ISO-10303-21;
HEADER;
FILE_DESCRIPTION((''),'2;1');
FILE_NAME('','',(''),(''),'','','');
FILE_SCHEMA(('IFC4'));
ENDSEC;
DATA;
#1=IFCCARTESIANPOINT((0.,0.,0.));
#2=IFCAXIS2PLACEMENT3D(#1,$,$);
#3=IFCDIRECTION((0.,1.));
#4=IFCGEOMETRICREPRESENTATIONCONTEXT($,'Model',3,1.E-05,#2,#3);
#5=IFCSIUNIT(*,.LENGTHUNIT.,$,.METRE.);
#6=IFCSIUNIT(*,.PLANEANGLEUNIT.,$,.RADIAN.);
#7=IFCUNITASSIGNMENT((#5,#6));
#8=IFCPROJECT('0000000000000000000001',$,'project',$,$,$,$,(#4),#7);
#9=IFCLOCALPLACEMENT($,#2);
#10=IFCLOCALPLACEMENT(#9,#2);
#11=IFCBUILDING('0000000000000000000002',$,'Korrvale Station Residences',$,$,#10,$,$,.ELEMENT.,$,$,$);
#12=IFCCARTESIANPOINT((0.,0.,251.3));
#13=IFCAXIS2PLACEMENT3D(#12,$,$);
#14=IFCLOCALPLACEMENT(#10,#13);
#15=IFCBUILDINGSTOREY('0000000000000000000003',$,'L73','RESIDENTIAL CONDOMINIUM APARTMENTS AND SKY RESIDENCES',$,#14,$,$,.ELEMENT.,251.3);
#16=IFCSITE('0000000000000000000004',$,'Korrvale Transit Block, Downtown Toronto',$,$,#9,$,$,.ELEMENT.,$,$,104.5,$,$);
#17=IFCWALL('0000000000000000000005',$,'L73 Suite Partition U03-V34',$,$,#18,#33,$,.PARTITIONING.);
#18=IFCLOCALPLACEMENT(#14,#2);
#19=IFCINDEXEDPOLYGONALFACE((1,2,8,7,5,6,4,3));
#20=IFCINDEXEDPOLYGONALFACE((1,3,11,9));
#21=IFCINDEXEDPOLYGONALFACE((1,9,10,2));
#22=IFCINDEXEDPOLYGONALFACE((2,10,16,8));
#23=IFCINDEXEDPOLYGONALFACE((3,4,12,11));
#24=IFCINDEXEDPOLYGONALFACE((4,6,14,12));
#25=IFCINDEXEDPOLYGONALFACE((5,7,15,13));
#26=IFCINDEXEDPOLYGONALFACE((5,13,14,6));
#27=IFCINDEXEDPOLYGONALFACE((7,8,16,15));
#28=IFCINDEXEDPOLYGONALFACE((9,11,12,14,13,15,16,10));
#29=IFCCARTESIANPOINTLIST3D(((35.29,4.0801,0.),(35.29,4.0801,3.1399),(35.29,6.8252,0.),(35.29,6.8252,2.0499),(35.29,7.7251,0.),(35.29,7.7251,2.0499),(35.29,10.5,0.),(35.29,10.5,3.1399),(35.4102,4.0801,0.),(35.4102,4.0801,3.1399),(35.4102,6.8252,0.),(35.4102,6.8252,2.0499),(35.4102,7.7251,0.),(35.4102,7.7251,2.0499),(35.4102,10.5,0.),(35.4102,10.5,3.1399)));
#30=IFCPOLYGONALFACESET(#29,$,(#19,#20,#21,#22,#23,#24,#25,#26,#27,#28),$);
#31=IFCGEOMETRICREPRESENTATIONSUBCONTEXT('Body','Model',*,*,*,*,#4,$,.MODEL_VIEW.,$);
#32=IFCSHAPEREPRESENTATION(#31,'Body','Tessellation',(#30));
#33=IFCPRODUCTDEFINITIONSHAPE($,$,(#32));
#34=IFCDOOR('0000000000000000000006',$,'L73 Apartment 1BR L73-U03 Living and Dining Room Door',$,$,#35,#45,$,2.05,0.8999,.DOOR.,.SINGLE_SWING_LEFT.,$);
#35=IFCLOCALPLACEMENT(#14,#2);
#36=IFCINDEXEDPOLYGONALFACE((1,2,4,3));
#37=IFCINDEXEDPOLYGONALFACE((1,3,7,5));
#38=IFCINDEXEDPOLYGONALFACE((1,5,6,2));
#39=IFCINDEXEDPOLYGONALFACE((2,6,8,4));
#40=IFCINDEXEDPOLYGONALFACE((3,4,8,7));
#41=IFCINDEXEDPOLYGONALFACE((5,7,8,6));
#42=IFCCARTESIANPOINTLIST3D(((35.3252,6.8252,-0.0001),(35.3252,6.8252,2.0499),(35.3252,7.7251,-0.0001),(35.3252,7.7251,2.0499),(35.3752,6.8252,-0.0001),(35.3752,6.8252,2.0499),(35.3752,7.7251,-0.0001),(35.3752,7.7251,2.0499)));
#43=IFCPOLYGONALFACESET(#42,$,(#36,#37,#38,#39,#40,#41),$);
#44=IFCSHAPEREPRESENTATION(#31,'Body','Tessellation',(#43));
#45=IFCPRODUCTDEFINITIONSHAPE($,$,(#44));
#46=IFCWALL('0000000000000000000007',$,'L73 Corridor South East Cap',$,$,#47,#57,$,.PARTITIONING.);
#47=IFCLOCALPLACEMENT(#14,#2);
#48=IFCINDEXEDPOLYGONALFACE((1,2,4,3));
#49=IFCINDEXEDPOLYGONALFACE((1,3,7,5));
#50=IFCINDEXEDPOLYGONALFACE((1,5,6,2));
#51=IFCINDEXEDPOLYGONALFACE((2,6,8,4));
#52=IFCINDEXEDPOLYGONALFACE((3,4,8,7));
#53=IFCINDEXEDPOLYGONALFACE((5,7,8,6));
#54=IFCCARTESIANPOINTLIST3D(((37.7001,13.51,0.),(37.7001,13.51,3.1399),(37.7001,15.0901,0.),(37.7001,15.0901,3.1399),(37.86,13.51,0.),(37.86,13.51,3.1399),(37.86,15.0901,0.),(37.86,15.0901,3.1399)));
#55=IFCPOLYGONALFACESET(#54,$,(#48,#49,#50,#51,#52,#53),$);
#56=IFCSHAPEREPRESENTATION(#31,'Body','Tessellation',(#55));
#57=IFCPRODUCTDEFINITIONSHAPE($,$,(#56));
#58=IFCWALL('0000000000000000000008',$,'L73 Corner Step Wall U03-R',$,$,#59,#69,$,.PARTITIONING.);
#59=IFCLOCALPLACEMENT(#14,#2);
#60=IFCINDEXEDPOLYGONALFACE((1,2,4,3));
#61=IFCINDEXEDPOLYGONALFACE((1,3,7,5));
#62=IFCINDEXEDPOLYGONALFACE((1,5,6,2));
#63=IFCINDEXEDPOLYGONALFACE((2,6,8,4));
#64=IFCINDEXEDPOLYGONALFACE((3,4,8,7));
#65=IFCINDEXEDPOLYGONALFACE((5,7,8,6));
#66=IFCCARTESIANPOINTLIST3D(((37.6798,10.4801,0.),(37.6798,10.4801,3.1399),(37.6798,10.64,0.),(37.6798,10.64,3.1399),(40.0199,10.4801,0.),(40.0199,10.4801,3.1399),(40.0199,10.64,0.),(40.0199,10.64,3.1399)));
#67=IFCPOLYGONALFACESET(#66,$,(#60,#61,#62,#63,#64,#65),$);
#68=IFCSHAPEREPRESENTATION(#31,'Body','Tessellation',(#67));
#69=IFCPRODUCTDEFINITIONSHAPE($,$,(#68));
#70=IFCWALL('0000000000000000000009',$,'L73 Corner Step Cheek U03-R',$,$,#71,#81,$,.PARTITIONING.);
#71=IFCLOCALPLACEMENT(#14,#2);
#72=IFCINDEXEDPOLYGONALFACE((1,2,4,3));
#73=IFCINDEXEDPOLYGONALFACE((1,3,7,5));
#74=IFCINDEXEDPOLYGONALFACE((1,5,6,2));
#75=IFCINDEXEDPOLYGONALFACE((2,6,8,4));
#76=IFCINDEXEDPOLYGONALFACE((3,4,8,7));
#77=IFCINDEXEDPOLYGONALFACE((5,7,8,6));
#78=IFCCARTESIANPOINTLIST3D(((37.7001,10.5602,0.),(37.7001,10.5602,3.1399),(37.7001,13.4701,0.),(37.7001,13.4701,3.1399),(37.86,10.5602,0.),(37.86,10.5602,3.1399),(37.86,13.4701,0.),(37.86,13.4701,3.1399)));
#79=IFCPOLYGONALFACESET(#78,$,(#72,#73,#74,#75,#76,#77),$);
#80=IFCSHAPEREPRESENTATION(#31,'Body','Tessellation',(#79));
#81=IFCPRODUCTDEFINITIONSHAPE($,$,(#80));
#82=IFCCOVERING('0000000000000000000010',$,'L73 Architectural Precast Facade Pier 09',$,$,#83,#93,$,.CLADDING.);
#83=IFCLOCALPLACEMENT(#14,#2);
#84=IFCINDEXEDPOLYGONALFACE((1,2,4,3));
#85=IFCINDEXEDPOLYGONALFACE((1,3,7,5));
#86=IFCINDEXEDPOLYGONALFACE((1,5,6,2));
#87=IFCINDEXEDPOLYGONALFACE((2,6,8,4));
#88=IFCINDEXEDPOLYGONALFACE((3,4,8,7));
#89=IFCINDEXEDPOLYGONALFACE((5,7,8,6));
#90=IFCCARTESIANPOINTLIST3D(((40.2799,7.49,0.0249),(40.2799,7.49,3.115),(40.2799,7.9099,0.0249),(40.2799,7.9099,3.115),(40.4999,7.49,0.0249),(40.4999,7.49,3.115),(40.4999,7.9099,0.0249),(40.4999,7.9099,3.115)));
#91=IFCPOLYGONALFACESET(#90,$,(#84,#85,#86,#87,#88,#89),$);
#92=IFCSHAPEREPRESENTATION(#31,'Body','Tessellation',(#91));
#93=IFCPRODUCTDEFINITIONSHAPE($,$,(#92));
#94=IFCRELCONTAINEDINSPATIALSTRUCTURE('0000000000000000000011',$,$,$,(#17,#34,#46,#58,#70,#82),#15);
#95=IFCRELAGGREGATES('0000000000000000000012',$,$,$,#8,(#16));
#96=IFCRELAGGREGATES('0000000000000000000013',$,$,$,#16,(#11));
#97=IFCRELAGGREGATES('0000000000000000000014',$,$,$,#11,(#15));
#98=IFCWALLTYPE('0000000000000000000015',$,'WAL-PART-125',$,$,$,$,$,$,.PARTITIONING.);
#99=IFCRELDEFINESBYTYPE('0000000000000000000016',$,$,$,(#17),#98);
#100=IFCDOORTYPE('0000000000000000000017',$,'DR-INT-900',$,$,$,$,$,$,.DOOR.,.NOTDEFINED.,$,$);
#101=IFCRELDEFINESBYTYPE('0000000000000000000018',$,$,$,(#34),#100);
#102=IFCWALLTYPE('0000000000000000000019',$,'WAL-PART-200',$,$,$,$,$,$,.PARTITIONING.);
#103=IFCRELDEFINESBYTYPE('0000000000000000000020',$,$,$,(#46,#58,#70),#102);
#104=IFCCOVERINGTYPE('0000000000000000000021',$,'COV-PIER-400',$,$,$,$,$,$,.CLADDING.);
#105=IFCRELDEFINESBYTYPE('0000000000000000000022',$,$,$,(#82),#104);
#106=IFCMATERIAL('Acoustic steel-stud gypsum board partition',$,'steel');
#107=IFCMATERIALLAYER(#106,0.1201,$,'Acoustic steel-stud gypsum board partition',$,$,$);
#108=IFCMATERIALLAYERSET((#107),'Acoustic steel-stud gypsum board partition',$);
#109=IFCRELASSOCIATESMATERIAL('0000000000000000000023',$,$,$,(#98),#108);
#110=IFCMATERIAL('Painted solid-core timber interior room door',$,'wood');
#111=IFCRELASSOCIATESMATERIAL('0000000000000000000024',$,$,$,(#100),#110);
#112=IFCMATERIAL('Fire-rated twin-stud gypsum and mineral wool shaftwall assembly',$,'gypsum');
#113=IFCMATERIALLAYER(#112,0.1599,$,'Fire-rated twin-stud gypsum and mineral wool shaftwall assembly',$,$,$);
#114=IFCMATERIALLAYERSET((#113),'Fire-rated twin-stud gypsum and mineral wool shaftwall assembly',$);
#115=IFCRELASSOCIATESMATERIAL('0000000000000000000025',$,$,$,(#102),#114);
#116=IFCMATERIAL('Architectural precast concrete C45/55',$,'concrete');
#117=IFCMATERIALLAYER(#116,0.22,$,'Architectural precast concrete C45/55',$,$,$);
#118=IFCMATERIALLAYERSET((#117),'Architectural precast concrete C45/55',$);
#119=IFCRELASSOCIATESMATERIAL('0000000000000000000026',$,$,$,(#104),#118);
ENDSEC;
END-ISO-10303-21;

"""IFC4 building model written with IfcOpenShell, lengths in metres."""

from ifc_helpers import new_model, si_unit, direction, frame, frame_2d, origin, origin_2d, place, context, subcontext, project, spatial, rectangle, extrude, material, layer, layer_set, type_object, element, fill, save


model = new_model("IFC4")

# Units and contexts
model_context = context("Model", 3, precision=1e-05, world=origin(), true_north=direction((0.0, 1.0)))
body_context = subcontext(model_context, "Body", "Model", "MODEL_VIEW")
ifc_project = project(units=[si_unit("LENGTHUNIT", "METRE"), si_unit("PLANEANGLEUNIT", "RADIAN")], contexts=[model_context])

# Site, building, storey
site_placement = place(None, origin())
site = spatial("IfcSite", under=ifc_project, at=site_placement, Name="Korrvale Transit Block, Downtown Toronto", CompositionType="ELEMENT", RefElevation=104.5)
building_placement = place(site_placement, origin())
building = spatial("IfcBuilding", under=site, at=building_placement, Name="Korrvale Station Residences", CompositionType="ELEMENT")
storey_placement = place(building_placement, frame((0.0, 0.0, 251.3)))
storey = spatial("IfcBuildingStorey", under=building, at=storey_placement, Name="L73", Description="RESIDENTIAL CONDOMINIUM APARTMENTS AND SKY RESIDENCES", CompositionType="ELEMENT", Elevation=251.3)

# Wall, opening, door
ifc_material_1 = material(Name="Acoustic steel-stud gypsum board partition", Category="steel")
ifc_layer_1 = layer(ifc_material_1, 0.1201, Name="Acoustic steel-stud gypsum board partition")
ifc_layer_set_1 = layer_set([ifc_layer_1], Name="Acoustic steel-stud gypsum board partition")
wall_type_1 = type_object("IfcWallType", Name="WAL-PART-125", PredefinedType="PARTITIONING", material=ifc_layer_set_1)
ifc_material_2 = material(Name="Painted solid-core timber interior room door", Category="wood")
door_type = type_object("IfcDoorType", Name="DR-INT-900", OperationType="NOTDEFINED", PredefinedType="DOOR", material=ifc_material_2)
wall_1_placement = place(storey_placement, frame((35.3501, 4.0801, 0.0), z_axis=(0.0, 0.0, 1.0), x_axis=(0.0, 1.0, 0.0)))
wall_1 = element("IfcWall", 1, at=wall_1_placement, inside=storey, type_object=wall_type_1, Name="L73 Suite Partition U03-V34", PredefinedType="PARTITIONING", context=body_context, shape_type="SweptSolid", body=[
    extrude(rectangle(XDim=6.4199, YDim=0.1201, at=frame_2d((3.21, 0.0))), origin(), (0.0, 0.0, 1.0), 3.1399),
])
opening_1_placement = place(wall_1_placement, frame((2.7451, 0.0, 0.0)))
opening_1 = element("IfcOpeningElement", 2, at=opening_1_placement, cuts=wall_1, PredefinedType="OPENING", context=body_context, shape_type="SweptSolid", body=[
    extrude(rectangle(XDim=0.8999, YDim=2.05, at=frame_2d((0.45, 1.0249))), frame((0.0, 0.0701, 0.0), z_axis=(0.0, -1.0, 0.0), x_axis=(1.0, 0.0, 0.0)), (0.0, 0.0, 1.0), 0.1401),
])
door_1_placement = place(opening_1_placement, origin())
door_1 = element("IfcDoor", 3, at=door_1_placement, inside=storey, type_object=door_type, Name="L73 Apartment 1BR L73-U03 Living and Dining Room Door", OperationType="SINGLE_SWING_LEFT", OverallHeight=2.05, OverallWidth=0.8999, PredefinedType="DOOR", context=body_context, shape_type="SweptSolid", body=[
    extrude(rectangle(XDim=0.8999, YDim=2.05, at=frame_2d((0.45, 1.0249))), frame((0.0, 0.0249, 0.0), z_axis=(0.0, -1.0, 0.0), x_axis=(1.0, 0.0, 0.0)), (0.0, 0.0, 1.0), 0.05),
])
fill(opening_1, door_1)

# Walls
ifc_material_3 = material(Name="Fire-rated twin-stud gypsum and mineral wool shaftwall assembly", Category="gypsum")
ifc_layer_2 = layer(ifc_material_3, 0.1599, Name="Fire-rated twin-stud gypsum and mineral wool shaftwall assembly")
ifc_layer_set_2 = layer_set([ifc_layer_2], Name="Fire-rated twin-stud gypsum and mineral wool shaftwall assembly")
wall_type_2 = type_object("IfcWallType", Name="WAL-PART-200", PredefinedType="PARTITIONING", material=ifc_layer_set_2)
wall_2_placement = place(storey_placement, frame((37.78, 13.51, 0.0), z_axis=(0.0, 0.0, 1.0), x_axis=(0.0, 1.0, 0.0)))
element("IfcWall", 4, at=wall_2_placement, inside=storey, type_object=wall_type_2, Name="L73 Corridor South East Cap", PredefinedType="PARTITIONING", context=body_context, shape_type="SweptSolid", body=[
    extrude(rectangle(XDim=1.5801, YDim=0.1599, at=frame_2d((0.79, 0.0))), origin(), (0.0, 0.0, 1.0), 3.1399),
])
wall_3_placement = place(storey_placement, frame((37.6799, 10.5601, 0.0), z_axis=(0.0, 0.0, 1.0), x_axis=(1.0, 0.0, 0.0)))
element("IfcWall", 5, at=wall_3_placement, inside=storey, type_object=wall_type_2, Name="L73 Corner Step Wall U03-R", PredefinedType="PARTITIONING", context=body_context, shape_type="SweptSolid", body=[
    extrude(rectangle(XDim=2.3401, YDim=0.1599, at=frame_2d((1.1699, 0.0))), origin(), (0.0, 0.0, 1.0), 3.1399),
])
wall_4_placement = place(storey_placement, frame((37.78, 10.5601, 0.0), z_axis=(0.0, 0.0, 1.0), x_axis=(0.0, 1.0, 0.0)))
element("IfcWall", 6, at=wall_4_placement, inside=storey, type_object=wall_type_2, Name="L73 Corner Step Cheek U03-R", PredefinedType="PARTITIONING", context=body_context, shape_type="SweptSolid", body=[
    extrude(rectangle(XDim=2.9099, YDim=0.1599, at=frame_2d((1.4551, 0.0))), origin(), (0.0, 0.0, 1.0), 3.1399),
])

# Covering
ifc_material_4 = material(Name="Architectural precast concrete C45/55", Category="concrete")
ifc_layer_3 = layer(ifc_material_4, 0.22, Name="Architectural precast concrete C45/55")
ifc_layer_set_3 = layer_set([ifc_layer_3], Name="Architectural precast concrete C45/55")
covering_type = type_object("IfcCoveringType", Name="COV-PIER-400", PredefinedType="CLADDING", material=ifc_layer_set_3)
covering_placement = place(storey_placement, frame((40.3899, 7.7, 0.0249), z_axis=(0.0, 0.0, 1.0), x_axis=(0.0, 1.0, 0.0)))
element("IfcCovering", 7, at=covering_placement, inside=storey, type_object=covering_type, Name="L73 Architectural Precast Facade Pier 09", PredefinedType="CLADDING", context=body_context, shape_type="SweptSolid", body=[
    extrude(rectangle(XDim=0.4199, YDim=0.22, at=origin_2d()), origin(), (0.0, 0.0, 1.0), 3.0901),
])

save(model, "model.ifc")
